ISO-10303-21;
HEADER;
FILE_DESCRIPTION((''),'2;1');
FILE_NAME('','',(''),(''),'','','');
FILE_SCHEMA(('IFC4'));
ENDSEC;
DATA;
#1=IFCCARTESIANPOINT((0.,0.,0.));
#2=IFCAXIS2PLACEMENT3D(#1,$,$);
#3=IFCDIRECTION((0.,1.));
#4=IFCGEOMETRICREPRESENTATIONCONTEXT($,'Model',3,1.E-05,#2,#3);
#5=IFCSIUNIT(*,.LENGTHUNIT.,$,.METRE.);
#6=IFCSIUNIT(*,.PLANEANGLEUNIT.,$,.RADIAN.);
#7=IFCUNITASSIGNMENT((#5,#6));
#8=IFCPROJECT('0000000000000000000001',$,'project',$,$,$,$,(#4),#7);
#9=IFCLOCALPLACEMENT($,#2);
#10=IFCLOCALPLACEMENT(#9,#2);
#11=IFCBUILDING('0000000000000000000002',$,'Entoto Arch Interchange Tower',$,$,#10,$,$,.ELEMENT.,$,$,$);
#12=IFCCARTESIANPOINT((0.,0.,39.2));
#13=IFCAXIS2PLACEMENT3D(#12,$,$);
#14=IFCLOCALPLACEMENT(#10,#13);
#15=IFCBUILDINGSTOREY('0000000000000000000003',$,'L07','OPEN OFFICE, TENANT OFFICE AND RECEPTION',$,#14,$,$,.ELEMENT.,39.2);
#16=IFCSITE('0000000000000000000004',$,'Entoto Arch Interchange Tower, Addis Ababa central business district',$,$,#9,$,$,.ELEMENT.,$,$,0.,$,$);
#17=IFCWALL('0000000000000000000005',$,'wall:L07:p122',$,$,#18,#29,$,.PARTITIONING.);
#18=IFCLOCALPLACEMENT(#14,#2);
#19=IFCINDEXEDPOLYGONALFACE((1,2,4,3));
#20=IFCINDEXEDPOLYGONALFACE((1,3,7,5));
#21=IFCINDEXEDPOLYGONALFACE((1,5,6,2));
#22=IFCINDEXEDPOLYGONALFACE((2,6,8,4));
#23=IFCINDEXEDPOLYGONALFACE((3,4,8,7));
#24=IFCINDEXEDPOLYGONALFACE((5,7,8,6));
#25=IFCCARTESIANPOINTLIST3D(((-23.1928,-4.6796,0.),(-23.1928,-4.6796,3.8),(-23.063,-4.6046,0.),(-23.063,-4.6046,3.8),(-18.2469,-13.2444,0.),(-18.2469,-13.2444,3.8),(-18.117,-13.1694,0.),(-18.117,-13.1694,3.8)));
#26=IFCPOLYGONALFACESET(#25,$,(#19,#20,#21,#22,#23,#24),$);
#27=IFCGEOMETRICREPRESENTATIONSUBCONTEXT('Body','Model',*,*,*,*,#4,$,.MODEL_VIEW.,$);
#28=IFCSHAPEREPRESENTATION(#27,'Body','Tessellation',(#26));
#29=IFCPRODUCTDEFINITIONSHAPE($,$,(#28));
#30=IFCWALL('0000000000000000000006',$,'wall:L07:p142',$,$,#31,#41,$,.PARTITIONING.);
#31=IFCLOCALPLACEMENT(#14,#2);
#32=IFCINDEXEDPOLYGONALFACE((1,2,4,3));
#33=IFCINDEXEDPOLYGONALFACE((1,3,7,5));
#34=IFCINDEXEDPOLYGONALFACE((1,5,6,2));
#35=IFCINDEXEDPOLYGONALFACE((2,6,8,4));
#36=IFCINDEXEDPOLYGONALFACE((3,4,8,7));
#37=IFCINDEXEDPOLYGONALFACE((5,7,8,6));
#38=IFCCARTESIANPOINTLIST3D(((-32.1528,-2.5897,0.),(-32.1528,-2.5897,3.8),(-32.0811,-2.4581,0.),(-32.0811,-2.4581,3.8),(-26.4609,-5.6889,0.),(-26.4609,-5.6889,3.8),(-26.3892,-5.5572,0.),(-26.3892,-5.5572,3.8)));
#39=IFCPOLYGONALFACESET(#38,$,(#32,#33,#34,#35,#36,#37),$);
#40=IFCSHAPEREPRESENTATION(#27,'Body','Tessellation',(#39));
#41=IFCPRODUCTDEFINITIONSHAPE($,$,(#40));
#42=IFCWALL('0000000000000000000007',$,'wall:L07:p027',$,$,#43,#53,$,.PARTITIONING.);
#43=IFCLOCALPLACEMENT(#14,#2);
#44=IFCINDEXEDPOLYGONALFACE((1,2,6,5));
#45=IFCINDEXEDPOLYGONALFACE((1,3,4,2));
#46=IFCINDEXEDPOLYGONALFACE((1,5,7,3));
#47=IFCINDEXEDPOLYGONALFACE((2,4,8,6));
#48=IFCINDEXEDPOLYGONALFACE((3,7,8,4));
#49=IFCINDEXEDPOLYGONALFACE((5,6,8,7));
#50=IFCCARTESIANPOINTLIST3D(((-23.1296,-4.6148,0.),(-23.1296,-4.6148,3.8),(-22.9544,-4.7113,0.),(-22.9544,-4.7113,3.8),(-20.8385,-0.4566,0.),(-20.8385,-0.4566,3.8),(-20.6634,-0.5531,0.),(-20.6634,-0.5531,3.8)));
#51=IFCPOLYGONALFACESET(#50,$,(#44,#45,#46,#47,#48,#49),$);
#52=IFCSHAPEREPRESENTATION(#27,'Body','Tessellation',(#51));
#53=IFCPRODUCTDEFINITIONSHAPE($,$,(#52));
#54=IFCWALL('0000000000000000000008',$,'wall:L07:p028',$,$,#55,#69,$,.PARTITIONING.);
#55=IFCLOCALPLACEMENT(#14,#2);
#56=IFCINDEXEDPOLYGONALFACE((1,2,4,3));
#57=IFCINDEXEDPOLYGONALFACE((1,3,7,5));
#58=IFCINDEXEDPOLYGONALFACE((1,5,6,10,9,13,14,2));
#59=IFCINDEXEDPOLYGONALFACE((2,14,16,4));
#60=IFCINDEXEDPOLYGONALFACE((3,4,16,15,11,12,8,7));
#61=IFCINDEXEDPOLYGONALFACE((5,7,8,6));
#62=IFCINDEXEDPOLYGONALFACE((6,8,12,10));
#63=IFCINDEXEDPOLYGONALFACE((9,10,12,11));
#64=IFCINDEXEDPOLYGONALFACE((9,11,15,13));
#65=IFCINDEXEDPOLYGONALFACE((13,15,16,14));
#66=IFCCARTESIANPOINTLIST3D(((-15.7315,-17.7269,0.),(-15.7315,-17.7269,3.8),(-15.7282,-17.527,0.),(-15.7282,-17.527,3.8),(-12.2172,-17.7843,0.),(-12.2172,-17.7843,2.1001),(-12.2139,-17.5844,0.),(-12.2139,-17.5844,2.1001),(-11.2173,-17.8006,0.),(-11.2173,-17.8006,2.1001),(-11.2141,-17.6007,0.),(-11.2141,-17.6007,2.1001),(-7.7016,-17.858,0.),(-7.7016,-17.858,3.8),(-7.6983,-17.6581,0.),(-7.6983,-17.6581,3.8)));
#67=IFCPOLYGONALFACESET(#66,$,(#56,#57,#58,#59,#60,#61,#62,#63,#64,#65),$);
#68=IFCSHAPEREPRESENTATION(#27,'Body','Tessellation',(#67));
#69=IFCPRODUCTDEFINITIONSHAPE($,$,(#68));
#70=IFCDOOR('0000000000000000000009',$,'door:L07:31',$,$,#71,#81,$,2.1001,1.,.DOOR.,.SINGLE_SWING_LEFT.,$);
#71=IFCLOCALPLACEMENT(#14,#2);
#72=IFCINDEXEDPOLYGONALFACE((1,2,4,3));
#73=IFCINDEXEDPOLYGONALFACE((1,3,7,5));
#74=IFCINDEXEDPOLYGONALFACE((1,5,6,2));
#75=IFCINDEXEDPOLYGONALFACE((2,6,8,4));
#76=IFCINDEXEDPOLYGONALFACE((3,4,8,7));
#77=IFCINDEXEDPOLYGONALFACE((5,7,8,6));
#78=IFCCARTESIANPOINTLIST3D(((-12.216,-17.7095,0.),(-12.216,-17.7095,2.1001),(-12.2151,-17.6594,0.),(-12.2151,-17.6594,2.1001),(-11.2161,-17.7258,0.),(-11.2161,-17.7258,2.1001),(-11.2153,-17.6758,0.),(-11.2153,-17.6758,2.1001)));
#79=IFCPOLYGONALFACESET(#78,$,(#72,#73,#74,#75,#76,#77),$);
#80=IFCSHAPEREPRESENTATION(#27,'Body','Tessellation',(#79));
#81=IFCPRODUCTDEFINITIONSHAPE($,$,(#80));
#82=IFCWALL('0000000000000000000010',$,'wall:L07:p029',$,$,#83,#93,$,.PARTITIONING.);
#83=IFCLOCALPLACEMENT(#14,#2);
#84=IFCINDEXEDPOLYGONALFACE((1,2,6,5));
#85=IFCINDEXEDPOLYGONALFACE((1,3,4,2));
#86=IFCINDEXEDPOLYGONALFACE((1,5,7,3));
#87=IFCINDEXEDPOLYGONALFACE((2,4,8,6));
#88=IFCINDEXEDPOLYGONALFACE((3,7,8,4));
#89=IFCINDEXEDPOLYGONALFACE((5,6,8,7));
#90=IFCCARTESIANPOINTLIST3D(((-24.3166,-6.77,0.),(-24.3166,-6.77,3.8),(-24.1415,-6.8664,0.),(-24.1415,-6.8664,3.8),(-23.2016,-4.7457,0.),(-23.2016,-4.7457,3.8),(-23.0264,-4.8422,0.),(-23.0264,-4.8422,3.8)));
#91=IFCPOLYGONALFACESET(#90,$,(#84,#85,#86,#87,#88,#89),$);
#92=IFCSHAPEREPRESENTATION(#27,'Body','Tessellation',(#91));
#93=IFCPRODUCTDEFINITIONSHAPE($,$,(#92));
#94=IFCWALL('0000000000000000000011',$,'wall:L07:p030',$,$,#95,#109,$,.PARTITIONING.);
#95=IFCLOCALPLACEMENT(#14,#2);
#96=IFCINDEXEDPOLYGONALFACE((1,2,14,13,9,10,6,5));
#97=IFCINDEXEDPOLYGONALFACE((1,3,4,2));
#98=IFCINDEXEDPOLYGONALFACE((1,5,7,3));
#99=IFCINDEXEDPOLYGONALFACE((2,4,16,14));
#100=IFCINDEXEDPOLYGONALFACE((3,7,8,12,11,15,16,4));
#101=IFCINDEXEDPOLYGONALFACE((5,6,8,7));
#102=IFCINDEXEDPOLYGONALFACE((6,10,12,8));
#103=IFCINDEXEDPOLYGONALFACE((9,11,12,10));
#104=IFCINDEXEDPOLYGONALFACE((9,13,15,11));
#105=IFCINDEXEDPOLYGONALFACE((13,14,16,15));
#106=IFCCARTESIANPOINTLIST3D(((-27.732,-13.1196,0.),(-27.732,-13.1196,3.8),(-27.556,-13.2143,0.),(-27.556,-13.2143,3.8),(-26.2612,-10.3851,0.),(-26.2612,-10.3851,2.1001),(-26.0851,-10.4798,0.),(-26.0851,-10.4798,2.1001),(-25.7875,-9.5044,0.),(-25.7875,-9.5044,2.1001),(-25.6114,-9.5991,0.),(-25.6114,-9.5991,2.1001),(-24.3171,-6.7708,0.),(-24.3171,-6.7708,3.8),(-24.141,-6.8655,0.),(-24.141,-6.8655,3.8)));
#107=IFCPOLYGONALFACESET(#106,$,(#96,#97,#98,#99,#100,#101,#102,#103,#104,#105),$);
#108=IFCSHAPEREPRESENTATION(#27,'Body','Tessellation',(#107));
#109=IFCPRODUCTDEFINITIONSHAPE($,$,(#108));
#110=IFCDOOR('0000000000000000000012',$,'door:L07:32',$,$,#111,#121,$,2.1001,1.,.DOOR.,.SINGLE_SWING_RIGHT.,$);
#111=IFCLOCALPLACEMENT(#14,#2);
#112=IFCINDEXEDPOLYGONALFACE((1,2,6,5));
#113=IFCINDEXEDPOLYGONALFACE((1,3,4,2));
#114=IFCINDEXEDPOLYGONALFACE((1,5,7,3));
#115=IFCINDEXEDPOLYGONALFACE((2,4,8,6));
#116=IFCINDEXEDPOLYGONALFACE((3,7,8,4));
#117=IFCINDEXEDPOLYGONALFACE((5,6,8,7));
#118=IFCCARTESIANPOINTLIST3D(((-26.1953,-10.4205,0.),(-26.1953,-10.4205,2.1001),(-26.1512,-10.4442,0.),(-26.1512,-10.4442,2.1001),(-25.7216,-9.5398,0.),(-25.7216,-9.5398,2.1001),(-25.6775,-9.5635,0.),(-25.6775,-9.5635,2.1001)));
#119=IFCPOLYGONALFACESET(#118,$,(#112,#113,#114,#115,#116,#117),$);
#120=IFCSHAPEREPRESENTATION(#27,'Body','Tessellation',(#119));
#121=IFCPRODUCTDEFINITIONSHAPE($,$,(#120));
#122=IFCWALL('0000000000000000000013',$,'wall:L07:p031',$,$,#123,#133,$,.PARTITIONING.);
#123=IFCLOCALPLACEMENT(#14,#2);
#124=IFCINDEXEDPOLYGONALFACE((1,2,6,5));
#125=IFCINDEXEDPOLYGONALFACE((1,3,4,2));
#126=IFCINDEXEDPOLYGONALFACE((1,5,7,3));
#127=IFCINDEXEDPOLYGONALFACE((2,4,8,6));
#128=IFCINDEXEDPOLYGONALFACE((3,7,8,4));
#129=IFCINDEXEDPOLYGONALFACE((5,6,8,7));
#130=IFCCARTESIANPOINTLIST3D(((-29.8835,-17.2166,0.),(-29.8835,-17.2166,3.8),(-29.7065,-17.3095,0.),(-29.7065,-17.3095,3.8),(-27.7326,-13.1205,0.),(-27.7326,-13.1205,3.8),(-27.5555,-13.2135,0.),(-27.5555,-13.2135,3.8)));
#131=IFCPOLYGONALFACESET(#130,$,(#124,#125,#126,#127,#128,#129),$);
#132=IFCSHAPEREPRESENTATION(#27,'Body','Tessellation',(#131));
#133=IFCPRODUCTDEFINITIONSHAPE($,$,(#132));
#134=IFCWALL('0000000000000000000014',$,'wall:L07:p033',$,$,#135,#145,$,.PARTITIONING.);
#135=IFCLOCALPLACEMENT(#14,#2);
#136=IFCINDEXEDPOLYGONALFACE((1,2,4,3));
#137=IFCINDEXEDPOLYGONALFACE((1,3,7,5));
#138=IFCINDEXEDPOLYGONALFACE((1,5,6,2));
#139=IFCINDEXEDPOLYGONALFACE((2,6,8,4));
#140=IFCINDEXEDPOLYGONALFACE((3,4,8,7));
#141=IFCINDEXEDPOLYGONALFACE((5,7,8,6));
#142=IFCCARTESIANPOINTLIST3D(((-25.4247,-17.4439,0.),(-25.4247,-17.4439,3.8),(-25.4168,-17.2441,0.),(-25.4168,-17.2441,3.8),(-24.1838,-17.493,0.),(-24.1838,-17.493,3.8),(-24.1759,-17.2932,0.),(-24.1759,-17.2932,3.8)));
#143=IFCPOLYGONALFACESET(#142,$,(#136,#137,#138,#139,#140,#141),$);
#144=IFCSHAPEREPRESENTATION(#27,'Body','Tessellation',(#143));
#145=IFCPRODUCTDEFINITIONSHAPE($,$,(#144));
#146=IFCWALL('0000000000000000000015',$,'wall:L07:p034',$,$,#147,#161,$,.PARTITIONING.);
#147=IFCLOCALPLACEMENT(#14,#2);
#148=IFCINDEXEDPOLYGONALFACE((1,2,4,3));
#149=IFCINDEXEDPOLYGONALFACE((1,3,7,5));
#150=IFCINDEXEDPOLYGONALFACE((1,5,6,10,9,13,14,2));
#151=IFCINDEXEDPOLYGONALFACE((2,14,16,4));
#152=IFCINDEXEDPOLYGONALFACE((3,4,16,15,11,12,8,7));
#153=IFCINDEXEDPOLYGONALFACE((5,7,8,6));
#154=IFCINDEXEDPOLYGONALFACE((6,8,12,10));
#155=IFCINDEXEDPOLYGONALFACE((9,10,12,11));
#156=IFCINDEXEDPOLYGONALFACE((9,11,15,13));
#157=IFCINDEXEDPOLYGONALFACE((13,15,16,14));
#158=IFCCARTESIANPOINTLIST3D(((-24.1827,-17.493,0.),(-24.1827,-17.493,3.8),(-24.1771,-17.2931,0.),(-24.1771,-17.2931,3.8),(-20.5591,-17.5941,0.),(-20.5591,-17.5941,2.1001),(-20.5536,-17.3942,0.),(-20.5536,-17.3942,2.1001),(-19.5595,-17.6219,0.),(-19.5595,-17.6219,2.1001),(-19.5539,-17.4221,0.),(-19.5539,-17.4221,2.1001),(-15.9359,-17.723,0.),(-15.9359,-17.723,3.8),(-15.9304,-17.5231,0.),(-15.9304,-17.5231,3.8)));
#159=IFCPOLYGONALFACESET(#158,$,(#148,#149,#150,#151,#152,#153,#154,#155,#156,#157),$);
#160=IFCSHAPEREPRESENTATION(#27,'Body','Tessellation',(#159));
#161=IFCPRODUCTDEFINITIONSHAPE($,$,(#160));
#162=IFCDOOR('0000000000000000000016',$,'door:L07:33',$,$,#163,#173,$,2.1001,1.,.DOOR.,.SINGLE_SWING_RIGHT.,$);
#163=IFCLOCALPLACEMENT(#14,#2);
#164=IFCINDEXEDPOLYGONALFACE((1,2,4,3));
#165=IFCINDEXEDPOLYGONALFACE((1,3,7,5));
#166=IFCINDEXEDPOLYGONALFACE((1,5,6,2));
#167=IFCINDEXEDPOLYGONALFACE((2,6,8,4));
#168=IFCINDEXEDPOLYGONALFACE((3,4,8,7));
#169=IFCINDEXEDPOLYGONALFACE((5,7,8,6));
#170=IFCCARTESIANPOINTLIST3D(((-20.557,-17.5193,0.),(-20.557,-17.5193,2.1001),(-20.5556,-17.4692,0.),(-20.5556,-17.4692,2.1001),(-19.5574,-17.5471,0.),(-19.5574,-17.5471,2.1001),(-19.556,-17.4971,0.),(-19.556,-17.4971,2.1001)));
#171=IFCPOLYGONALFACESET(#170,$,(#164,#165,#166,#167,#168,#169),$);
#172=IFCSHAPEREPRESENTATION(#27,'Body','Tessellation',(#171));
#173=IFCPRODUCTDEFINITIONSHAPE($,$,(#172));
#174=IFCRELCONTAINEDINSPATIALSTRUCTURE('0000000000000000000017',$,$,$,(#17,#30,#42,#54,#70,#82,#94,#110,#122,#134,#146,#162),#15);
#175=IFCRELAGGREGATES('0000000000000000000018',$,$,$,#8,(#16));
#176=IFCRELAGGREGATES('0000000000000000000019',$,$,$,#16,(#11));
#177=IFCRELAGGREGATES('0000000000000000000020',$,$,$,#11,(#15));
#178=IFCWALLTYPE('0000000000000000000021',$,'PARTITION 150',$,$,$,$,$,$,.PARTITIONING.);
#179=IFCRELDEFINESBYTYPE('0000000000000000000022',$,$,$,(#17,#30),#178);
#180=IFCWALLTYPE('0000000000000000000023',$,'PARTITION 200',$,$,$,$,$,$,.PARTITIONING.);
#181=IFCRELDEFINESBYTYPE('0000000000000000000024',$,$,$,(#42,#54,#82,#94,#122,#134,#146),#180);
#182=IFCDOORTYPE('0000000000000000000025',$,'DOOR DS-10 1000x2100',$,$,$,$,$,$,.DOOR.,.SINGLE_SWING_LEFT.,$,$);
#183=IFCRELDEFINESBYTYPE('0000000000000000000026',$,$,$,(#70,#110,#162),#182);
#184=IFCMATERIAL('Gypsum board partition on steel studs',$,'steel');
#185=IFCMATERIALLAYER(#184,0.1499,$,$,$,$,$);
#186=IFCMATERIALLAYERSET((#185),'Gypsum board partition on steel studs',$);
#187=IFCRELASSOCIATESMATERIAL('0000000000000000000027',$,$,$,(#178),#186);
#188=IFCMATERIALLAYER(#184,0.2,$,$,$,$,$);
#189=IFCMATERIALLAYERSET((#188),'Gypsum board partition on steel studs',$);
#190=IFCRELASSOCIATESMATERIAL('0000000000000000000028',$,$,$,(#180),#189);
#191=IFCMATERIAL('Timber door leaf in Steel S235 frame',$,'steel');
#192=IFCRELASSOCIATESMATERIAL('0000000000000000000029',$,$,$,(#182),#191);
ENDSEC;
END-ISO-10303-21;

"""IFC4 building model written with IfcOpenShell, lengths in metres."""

from ifc_helpers import new_model, si_unit, direction, frame, frame_2d, origin, place, context, subcontext, project, spatial, rectangle, extrude, material, layer, layer_set, type_object, element, fill, save


model = new_model("IFC4")

# Units and contexts
model_context = context("Model", 3, precision=1e-05, world=origin(), true_north=direction((0.0, 1.0)))
body_context = subcontext(model_context, "Body", "Model", "MODEL_VIEW")
ifc_project = project(units=[si_unit("LENGTHUNIT", "METRE"), si_unit("PLANEANGLEUNIT", "RADIAN")], contexts=[model_context])

# Site, building, storey
site_placement = place(None, origin())
site = spatial("IfcSite", under=ifc_project, at=site_placement, Name="Entoto Arch Interchange Tower, Addis Ababa central business district", CompositionType="ELEMENT", RefElevation=0.0)
building_placement = place(site_placement, origin())
building = spatial("IfcBuilding", under=site, at=building_placement, Name="Entoto Arch Interchange Tower", CompositionType="ELEMENT")
storey_placement = place(building_placement, frame((0.0, 0.0, 39.2)))
storey = spatial("IfcBuildingStorey", under=building, at=storey_placement, Name="L07", Description="OPEN OFFICE, TENANT OFFICE AND RECEPTION", CompositionType="ELEMENT", Elevation=39.2)

# Walls
ifc_material_1 = material(Name="Gypsum board partition on steel studs", Category="steel")
ifc_layer_1 = layer(ifc_material_1, 0.1499)
ifc_layer_set_1 = layer_set([ifc_layer_1], Name="Gypsum board partition on steel studs")
wall_type_1 = type_object("IfcWallType", Name="PARTITION 150", PredefinedType="PARTITIONING", material=ifc_layer_set_1)
wall_1_placement = place(storey_placement, frame((-18.1819, -13.207, 0.0), z_axis=(0.0, 0.0, 1.0), x_axis=(-0.500081, 0.865978, 0.0)))
element("IfcWall", 1, at=wall_1_placement, inside=storey, type_object=wall_type_1, Name="wall:L07:p122", PredefinedType="PARTITIONING", context=body_context, shape_type="SweptSolid", body=[
    extrude(rectangle(XDim=9.8904, YDim=0.1499, at=frame_2d((4.9453, 0.0))), origin(), (0.0, 0.0, 1.0), 3.8),
])
wall_2_placement = place(storey_placement, frame((-26.425, -5.623, 0.0), z_axis=(0.0, 0.0, 1.0), x_axis=(-0.878255, 0.478192, 0.0)))
element("IfcWall", 2, at=wall_2_placement, inside=storey, type_object=wall_type_1, Name="wall:L07:p142", PredefinedType="PARTITIONING", context=body_context, shape_type="SweptSolid", body=[
    extrude(rectangle(XDim=6.481, YDim=0.1499, at=frame_2d((3.2405, 0.0))), origin(), (0.0, 0.0, 1.0), 3.8),
])
ifc_layer_2 = layer(ifc_material_1, 0.2)
ifc_layer_set_2 = layer_set([ifc_layer_2], Name="Gypsum board partition on steel studs")
wall_type_2 = type_object("IfcWallType", Name="PARTITION 200", PredefinedType="PARTITIONING", material=ifc_layer_set_2)
wall_3_placement = place(storey_placement, frame((-20.751, -0.5049, 0.0), z_axis=(0.0, 0.0, 1.0), x_axis=(-0.482566, -0.87586, 0.0)))
element("IfcWall", 3, at=wall_3_placement, inside=storey, type_object=wall_type_2, Name="wall:L07:p027", PredefinedType="PARTITIONING", context=body_context, shape_type="SweptSolid", body=[
    extrude(rectangle(XDim=4.7476, YDim=0.2, at=frame_2d((2.3738, 0.0))), origin(), (0.0, 0.0, 1.0), 3.8),
])

# Wall, opening, door
wall_4_placement = place(storey_placement, frame((-15.73, -17.627, 0.0), z_axis=(0.0, 0.0, 1.0), x_axis=(0.999867, -0.016324, 0.0)))
wall_4 = element("IfcWall", 4, at=wall_4_placement, inside=storey, type_object=wall_type_2, Name="wall:L07:p028", PredefinedType="PARTITIONING", context=body_context, shape_type="SweptSolid", body=[
    extrude(rectangle(XDim=8.031, YDim=0.2, at=frame_2d((4.0156, 0.0))), origin(), (0.0, 0.0, 1.0), 3.8),
])
opening_1_placement = place(wall_4_placement, frame((3.5149, 0.0, 0.0)))
opening_1 = element("IfcOpeningElement", 5, at=opening_1_placement, cuts=wall_4, PredefinedType="OPENING", context=body_context, shape_type="SweptSolid", body=[
    extrude(rectangle(XDim=1.0, YDim=2.1001, at=frame_2d((0.5, 1.05))), frame((0.0, 0.1099, 0.0), z_axis=(0.0, -1.0, 0.0), x_axis=(1.0, 0.0, 0.0)), (0.0, 0.0, 1.0), 0.22),
])
ifc_material_2 = material(Name="Timber door leaf in Steel S235 frame", Category="steel")
door_type = type_object("IfcDoorType", Name="DOOR DS-10 1000x2100", OperationType="SINGLE_SWING_LEFT", PredefinedType="DOOR", material=ifc_material_2)
door_1_placement = place(opening_1_placement, origin())
door_1 = element("IfcDoor", 6, at=door_1_placement, inside=storey, type_object=door_type, Name="door:L07:31", OperationType="SINGLE_SWING_LEFT", OverallHeight=2.1001, OverallWidth=1.0, PredefinedType="DOOR", context=body_context, shape_type="SweptSolid", body=[
    extrude(rectangle(XDim=1.0, YDim=2.1001, at=frame_2d((0.5, 1.05))), frame((0.0, 0.0249, 0.0), z_axis=(0.0, -1.0, 0.0), x_axis=(1.0, 0.0, 0.0)), (0.0, 0.0, 1.0), 0.05),
])
fill(opening_1, door_1)

# Wall
wall_5_placement = place(storey_placement, frame((-23.114, -4.7939, 0.0), z_axis=(0.0, 0.0, 1.0), x_axis=(-0.482482, -0.875906, 0.0)))
element("IfcWall", 7, at=wall_5_placement, inside=storey, type_object=wall_type_2, Name="wall:L07:p029", PredefinedType="PARTITIONING", context=body_context, shape_type="SweptSolid", body=[
    extrude(rectangle(XDim=2.311, YDim=0.2, at=frame_2d((1.1555, 0.0))), origin(), (0.0, 0.0, 1.0), 3.8),
])

# Wall, opening, door
wall_6_placement = place(storey_placement, frame((-24.229, -6.8181, 0.0), z_axis=(0.0, 0.0, 1.0), x_axis=(-0.473714, -0.880679, 0.0)))
wall_6 = element("IfcWall", 8, at=wall_6_placement, inside=storey, type_object=wall_type_2, Name="wall:L07:p030", PredefinedType="PARTITIONING", context=body_context, shape_type="SweptSolid", body=[
    extrude(rectangle(XDim=7.209, YDim=0.2, at=frame_2d((3.6045, 0.0))), origin(), (0.0, 0.0, 1.0), 3.8),
])
opening_2_placement = place(wall_6_placement, frame((3.104, 0.0, 0.0)))
opening_2 = element("IfcOpeningElement", 9, at=opening_2_placement, cuts=wall_6, PredefinedType="OPENING", context=body_context, shape_type="SweptSolid", body=[
    extrude(rectangle(XDim=1.0, YDim=2.1001, at=frame_2d((0.5, 1.05))), frame((0.0, 0.1099, 0.0), z_axis=(0.0, -1.0, 0.0), x_axis=(1.0, 0.0, 0.0)), (0.0, 0.0, 1.0), 0.22),
])
door_2_placement = place(opening_2_placement, origin())
door_2 = element("IfcDoor", 10, at=door_2_placement, inside=storey, type_object=door_type, Name="door:L07:32", OperationType="SINGLE_SWING_RIGHT", OverallHeight=2.1001, OverallWidth=1.0, PredefinedType="DOOR", context=body_context, shape_type="SweptSolid", body=[
    extrude(rectangle(XDim=1.0, YDim=2.1001, at=frame_2d((0.5, 1.05))), frame((0.0, 0.0249, 0.0), z_axis=(0.0, -1.0, 0.0), x_axis=(1.0, 0.0, 0.0)), (0.0, 0.0, 1.0), 0.05),
])
fill(opening_2, door_2)

# Walls
wall_7_placement = place(storey_placement, frame((-27.644, -13.167, 0.0), z_axis=(0.0, 0.0, 1.0), x_axis=(-0.46492, -0.885353, 0.0)))
element("IfcWall", 11, at=wall_7_placement, inside=storey, type_object=wall_type_2, Name="wall:L07:p031", PredefinedType="PARTITIONING", context=body_context, shape_type="SweptSolid", body=[
    extrude(rectangle(XDim=4.6265, YDim=0.2, at=frame_2d((2.3132, 0.0))), origin(), (0.0, 0.0, 1.0), 3.8),
])
wall_8_placement = place(storey_placement, frame((-25.4209, -17.344, 0.0), z_axis=(0.0, 0.0, 1.0), x_axis=(0.999219, -0.039513, 0.0)))
element("IfcWall", 12, at=wall_8_placement, inside=storey, type_object=wall_type_2, Name="wall:L07:p033", PredefinedType="PARTITIONING", context=body_context, shape_type="SweptSolid", body=[
    extrude(rectangle(XDim=1.2419, YDim=0.2, at=frame_2d((0.6211, 0.0))), origin(), (0.0, 0.0, 1.0), 3.8),
])

# Wall, opening, door
wall_9_placement = place(storey_placement, frame((-24.1799, -17.3931, 0.0), z_axis=(0.0, 0.0, 1.0), x_axis=(0.999611, -0.027876, 0.0)))
wall_9 = element("IfcWall", 13, at=wall_9_placement, inside=storey, type_object=wall_type_2, Name="wall:L07:p034", PredefinedType="PARTITIONING", context=body_context, shape_type="SweptSolid", body=[
    extrude(rectangle(XDim=8.25, YDim=0.2, at=frame_2d((4.125, 0.0))), origin(), (0.0, 0.0, 1.0), 3.8),
])
opening_3_placement = place(wall_9_placement, frame((3.625, 0.0, 0.0)))
opening_3 = element("IfcOpeningElement", 14, at=opening_3_placement, cuts=wall_9, PredefinedType="OPENING", context=body_context, shape_type="SweptSolid", body=[
    extrude(rectangle(XDim=1.0, YDim=2.1001, at=frame_2d((0.5, 1.05))), frame((0.0, 0.1099, 0.0), z_axis=(0.0, -1.0, 0.0), x_axis=(1.0, 0.0, 0.0)), (0.0, 0.0, 1.0), 0.22),
])
door_3_placement = place(opening_3_placement, origin())
door_3 = element("IfcDoor", 15, at=door_3_placement, inside=storey, type_object=door_type, Name="door:L07:33", OperationType="SINGLE_SWING_RIGHT", OverallHeight=2.1001, OverallWidth=1.0, PredefinedType="DOOR", context=body_context, shape_type="SweptSolid", body=[
    extrude(rectangle(XDim=1.0, YDim=2.1001, at=frame_2d((0.5, 1.05))), frame((0.0, 0.0249, 0.0), z_axis=(0.0, -1.0, 0.0), x_axis=(1.0, 0.0, 0.0)), (0.0, 0.0, 1.0), 0.05),
])
fill(opening_3, door_3)

save(model, "model.ifc")
